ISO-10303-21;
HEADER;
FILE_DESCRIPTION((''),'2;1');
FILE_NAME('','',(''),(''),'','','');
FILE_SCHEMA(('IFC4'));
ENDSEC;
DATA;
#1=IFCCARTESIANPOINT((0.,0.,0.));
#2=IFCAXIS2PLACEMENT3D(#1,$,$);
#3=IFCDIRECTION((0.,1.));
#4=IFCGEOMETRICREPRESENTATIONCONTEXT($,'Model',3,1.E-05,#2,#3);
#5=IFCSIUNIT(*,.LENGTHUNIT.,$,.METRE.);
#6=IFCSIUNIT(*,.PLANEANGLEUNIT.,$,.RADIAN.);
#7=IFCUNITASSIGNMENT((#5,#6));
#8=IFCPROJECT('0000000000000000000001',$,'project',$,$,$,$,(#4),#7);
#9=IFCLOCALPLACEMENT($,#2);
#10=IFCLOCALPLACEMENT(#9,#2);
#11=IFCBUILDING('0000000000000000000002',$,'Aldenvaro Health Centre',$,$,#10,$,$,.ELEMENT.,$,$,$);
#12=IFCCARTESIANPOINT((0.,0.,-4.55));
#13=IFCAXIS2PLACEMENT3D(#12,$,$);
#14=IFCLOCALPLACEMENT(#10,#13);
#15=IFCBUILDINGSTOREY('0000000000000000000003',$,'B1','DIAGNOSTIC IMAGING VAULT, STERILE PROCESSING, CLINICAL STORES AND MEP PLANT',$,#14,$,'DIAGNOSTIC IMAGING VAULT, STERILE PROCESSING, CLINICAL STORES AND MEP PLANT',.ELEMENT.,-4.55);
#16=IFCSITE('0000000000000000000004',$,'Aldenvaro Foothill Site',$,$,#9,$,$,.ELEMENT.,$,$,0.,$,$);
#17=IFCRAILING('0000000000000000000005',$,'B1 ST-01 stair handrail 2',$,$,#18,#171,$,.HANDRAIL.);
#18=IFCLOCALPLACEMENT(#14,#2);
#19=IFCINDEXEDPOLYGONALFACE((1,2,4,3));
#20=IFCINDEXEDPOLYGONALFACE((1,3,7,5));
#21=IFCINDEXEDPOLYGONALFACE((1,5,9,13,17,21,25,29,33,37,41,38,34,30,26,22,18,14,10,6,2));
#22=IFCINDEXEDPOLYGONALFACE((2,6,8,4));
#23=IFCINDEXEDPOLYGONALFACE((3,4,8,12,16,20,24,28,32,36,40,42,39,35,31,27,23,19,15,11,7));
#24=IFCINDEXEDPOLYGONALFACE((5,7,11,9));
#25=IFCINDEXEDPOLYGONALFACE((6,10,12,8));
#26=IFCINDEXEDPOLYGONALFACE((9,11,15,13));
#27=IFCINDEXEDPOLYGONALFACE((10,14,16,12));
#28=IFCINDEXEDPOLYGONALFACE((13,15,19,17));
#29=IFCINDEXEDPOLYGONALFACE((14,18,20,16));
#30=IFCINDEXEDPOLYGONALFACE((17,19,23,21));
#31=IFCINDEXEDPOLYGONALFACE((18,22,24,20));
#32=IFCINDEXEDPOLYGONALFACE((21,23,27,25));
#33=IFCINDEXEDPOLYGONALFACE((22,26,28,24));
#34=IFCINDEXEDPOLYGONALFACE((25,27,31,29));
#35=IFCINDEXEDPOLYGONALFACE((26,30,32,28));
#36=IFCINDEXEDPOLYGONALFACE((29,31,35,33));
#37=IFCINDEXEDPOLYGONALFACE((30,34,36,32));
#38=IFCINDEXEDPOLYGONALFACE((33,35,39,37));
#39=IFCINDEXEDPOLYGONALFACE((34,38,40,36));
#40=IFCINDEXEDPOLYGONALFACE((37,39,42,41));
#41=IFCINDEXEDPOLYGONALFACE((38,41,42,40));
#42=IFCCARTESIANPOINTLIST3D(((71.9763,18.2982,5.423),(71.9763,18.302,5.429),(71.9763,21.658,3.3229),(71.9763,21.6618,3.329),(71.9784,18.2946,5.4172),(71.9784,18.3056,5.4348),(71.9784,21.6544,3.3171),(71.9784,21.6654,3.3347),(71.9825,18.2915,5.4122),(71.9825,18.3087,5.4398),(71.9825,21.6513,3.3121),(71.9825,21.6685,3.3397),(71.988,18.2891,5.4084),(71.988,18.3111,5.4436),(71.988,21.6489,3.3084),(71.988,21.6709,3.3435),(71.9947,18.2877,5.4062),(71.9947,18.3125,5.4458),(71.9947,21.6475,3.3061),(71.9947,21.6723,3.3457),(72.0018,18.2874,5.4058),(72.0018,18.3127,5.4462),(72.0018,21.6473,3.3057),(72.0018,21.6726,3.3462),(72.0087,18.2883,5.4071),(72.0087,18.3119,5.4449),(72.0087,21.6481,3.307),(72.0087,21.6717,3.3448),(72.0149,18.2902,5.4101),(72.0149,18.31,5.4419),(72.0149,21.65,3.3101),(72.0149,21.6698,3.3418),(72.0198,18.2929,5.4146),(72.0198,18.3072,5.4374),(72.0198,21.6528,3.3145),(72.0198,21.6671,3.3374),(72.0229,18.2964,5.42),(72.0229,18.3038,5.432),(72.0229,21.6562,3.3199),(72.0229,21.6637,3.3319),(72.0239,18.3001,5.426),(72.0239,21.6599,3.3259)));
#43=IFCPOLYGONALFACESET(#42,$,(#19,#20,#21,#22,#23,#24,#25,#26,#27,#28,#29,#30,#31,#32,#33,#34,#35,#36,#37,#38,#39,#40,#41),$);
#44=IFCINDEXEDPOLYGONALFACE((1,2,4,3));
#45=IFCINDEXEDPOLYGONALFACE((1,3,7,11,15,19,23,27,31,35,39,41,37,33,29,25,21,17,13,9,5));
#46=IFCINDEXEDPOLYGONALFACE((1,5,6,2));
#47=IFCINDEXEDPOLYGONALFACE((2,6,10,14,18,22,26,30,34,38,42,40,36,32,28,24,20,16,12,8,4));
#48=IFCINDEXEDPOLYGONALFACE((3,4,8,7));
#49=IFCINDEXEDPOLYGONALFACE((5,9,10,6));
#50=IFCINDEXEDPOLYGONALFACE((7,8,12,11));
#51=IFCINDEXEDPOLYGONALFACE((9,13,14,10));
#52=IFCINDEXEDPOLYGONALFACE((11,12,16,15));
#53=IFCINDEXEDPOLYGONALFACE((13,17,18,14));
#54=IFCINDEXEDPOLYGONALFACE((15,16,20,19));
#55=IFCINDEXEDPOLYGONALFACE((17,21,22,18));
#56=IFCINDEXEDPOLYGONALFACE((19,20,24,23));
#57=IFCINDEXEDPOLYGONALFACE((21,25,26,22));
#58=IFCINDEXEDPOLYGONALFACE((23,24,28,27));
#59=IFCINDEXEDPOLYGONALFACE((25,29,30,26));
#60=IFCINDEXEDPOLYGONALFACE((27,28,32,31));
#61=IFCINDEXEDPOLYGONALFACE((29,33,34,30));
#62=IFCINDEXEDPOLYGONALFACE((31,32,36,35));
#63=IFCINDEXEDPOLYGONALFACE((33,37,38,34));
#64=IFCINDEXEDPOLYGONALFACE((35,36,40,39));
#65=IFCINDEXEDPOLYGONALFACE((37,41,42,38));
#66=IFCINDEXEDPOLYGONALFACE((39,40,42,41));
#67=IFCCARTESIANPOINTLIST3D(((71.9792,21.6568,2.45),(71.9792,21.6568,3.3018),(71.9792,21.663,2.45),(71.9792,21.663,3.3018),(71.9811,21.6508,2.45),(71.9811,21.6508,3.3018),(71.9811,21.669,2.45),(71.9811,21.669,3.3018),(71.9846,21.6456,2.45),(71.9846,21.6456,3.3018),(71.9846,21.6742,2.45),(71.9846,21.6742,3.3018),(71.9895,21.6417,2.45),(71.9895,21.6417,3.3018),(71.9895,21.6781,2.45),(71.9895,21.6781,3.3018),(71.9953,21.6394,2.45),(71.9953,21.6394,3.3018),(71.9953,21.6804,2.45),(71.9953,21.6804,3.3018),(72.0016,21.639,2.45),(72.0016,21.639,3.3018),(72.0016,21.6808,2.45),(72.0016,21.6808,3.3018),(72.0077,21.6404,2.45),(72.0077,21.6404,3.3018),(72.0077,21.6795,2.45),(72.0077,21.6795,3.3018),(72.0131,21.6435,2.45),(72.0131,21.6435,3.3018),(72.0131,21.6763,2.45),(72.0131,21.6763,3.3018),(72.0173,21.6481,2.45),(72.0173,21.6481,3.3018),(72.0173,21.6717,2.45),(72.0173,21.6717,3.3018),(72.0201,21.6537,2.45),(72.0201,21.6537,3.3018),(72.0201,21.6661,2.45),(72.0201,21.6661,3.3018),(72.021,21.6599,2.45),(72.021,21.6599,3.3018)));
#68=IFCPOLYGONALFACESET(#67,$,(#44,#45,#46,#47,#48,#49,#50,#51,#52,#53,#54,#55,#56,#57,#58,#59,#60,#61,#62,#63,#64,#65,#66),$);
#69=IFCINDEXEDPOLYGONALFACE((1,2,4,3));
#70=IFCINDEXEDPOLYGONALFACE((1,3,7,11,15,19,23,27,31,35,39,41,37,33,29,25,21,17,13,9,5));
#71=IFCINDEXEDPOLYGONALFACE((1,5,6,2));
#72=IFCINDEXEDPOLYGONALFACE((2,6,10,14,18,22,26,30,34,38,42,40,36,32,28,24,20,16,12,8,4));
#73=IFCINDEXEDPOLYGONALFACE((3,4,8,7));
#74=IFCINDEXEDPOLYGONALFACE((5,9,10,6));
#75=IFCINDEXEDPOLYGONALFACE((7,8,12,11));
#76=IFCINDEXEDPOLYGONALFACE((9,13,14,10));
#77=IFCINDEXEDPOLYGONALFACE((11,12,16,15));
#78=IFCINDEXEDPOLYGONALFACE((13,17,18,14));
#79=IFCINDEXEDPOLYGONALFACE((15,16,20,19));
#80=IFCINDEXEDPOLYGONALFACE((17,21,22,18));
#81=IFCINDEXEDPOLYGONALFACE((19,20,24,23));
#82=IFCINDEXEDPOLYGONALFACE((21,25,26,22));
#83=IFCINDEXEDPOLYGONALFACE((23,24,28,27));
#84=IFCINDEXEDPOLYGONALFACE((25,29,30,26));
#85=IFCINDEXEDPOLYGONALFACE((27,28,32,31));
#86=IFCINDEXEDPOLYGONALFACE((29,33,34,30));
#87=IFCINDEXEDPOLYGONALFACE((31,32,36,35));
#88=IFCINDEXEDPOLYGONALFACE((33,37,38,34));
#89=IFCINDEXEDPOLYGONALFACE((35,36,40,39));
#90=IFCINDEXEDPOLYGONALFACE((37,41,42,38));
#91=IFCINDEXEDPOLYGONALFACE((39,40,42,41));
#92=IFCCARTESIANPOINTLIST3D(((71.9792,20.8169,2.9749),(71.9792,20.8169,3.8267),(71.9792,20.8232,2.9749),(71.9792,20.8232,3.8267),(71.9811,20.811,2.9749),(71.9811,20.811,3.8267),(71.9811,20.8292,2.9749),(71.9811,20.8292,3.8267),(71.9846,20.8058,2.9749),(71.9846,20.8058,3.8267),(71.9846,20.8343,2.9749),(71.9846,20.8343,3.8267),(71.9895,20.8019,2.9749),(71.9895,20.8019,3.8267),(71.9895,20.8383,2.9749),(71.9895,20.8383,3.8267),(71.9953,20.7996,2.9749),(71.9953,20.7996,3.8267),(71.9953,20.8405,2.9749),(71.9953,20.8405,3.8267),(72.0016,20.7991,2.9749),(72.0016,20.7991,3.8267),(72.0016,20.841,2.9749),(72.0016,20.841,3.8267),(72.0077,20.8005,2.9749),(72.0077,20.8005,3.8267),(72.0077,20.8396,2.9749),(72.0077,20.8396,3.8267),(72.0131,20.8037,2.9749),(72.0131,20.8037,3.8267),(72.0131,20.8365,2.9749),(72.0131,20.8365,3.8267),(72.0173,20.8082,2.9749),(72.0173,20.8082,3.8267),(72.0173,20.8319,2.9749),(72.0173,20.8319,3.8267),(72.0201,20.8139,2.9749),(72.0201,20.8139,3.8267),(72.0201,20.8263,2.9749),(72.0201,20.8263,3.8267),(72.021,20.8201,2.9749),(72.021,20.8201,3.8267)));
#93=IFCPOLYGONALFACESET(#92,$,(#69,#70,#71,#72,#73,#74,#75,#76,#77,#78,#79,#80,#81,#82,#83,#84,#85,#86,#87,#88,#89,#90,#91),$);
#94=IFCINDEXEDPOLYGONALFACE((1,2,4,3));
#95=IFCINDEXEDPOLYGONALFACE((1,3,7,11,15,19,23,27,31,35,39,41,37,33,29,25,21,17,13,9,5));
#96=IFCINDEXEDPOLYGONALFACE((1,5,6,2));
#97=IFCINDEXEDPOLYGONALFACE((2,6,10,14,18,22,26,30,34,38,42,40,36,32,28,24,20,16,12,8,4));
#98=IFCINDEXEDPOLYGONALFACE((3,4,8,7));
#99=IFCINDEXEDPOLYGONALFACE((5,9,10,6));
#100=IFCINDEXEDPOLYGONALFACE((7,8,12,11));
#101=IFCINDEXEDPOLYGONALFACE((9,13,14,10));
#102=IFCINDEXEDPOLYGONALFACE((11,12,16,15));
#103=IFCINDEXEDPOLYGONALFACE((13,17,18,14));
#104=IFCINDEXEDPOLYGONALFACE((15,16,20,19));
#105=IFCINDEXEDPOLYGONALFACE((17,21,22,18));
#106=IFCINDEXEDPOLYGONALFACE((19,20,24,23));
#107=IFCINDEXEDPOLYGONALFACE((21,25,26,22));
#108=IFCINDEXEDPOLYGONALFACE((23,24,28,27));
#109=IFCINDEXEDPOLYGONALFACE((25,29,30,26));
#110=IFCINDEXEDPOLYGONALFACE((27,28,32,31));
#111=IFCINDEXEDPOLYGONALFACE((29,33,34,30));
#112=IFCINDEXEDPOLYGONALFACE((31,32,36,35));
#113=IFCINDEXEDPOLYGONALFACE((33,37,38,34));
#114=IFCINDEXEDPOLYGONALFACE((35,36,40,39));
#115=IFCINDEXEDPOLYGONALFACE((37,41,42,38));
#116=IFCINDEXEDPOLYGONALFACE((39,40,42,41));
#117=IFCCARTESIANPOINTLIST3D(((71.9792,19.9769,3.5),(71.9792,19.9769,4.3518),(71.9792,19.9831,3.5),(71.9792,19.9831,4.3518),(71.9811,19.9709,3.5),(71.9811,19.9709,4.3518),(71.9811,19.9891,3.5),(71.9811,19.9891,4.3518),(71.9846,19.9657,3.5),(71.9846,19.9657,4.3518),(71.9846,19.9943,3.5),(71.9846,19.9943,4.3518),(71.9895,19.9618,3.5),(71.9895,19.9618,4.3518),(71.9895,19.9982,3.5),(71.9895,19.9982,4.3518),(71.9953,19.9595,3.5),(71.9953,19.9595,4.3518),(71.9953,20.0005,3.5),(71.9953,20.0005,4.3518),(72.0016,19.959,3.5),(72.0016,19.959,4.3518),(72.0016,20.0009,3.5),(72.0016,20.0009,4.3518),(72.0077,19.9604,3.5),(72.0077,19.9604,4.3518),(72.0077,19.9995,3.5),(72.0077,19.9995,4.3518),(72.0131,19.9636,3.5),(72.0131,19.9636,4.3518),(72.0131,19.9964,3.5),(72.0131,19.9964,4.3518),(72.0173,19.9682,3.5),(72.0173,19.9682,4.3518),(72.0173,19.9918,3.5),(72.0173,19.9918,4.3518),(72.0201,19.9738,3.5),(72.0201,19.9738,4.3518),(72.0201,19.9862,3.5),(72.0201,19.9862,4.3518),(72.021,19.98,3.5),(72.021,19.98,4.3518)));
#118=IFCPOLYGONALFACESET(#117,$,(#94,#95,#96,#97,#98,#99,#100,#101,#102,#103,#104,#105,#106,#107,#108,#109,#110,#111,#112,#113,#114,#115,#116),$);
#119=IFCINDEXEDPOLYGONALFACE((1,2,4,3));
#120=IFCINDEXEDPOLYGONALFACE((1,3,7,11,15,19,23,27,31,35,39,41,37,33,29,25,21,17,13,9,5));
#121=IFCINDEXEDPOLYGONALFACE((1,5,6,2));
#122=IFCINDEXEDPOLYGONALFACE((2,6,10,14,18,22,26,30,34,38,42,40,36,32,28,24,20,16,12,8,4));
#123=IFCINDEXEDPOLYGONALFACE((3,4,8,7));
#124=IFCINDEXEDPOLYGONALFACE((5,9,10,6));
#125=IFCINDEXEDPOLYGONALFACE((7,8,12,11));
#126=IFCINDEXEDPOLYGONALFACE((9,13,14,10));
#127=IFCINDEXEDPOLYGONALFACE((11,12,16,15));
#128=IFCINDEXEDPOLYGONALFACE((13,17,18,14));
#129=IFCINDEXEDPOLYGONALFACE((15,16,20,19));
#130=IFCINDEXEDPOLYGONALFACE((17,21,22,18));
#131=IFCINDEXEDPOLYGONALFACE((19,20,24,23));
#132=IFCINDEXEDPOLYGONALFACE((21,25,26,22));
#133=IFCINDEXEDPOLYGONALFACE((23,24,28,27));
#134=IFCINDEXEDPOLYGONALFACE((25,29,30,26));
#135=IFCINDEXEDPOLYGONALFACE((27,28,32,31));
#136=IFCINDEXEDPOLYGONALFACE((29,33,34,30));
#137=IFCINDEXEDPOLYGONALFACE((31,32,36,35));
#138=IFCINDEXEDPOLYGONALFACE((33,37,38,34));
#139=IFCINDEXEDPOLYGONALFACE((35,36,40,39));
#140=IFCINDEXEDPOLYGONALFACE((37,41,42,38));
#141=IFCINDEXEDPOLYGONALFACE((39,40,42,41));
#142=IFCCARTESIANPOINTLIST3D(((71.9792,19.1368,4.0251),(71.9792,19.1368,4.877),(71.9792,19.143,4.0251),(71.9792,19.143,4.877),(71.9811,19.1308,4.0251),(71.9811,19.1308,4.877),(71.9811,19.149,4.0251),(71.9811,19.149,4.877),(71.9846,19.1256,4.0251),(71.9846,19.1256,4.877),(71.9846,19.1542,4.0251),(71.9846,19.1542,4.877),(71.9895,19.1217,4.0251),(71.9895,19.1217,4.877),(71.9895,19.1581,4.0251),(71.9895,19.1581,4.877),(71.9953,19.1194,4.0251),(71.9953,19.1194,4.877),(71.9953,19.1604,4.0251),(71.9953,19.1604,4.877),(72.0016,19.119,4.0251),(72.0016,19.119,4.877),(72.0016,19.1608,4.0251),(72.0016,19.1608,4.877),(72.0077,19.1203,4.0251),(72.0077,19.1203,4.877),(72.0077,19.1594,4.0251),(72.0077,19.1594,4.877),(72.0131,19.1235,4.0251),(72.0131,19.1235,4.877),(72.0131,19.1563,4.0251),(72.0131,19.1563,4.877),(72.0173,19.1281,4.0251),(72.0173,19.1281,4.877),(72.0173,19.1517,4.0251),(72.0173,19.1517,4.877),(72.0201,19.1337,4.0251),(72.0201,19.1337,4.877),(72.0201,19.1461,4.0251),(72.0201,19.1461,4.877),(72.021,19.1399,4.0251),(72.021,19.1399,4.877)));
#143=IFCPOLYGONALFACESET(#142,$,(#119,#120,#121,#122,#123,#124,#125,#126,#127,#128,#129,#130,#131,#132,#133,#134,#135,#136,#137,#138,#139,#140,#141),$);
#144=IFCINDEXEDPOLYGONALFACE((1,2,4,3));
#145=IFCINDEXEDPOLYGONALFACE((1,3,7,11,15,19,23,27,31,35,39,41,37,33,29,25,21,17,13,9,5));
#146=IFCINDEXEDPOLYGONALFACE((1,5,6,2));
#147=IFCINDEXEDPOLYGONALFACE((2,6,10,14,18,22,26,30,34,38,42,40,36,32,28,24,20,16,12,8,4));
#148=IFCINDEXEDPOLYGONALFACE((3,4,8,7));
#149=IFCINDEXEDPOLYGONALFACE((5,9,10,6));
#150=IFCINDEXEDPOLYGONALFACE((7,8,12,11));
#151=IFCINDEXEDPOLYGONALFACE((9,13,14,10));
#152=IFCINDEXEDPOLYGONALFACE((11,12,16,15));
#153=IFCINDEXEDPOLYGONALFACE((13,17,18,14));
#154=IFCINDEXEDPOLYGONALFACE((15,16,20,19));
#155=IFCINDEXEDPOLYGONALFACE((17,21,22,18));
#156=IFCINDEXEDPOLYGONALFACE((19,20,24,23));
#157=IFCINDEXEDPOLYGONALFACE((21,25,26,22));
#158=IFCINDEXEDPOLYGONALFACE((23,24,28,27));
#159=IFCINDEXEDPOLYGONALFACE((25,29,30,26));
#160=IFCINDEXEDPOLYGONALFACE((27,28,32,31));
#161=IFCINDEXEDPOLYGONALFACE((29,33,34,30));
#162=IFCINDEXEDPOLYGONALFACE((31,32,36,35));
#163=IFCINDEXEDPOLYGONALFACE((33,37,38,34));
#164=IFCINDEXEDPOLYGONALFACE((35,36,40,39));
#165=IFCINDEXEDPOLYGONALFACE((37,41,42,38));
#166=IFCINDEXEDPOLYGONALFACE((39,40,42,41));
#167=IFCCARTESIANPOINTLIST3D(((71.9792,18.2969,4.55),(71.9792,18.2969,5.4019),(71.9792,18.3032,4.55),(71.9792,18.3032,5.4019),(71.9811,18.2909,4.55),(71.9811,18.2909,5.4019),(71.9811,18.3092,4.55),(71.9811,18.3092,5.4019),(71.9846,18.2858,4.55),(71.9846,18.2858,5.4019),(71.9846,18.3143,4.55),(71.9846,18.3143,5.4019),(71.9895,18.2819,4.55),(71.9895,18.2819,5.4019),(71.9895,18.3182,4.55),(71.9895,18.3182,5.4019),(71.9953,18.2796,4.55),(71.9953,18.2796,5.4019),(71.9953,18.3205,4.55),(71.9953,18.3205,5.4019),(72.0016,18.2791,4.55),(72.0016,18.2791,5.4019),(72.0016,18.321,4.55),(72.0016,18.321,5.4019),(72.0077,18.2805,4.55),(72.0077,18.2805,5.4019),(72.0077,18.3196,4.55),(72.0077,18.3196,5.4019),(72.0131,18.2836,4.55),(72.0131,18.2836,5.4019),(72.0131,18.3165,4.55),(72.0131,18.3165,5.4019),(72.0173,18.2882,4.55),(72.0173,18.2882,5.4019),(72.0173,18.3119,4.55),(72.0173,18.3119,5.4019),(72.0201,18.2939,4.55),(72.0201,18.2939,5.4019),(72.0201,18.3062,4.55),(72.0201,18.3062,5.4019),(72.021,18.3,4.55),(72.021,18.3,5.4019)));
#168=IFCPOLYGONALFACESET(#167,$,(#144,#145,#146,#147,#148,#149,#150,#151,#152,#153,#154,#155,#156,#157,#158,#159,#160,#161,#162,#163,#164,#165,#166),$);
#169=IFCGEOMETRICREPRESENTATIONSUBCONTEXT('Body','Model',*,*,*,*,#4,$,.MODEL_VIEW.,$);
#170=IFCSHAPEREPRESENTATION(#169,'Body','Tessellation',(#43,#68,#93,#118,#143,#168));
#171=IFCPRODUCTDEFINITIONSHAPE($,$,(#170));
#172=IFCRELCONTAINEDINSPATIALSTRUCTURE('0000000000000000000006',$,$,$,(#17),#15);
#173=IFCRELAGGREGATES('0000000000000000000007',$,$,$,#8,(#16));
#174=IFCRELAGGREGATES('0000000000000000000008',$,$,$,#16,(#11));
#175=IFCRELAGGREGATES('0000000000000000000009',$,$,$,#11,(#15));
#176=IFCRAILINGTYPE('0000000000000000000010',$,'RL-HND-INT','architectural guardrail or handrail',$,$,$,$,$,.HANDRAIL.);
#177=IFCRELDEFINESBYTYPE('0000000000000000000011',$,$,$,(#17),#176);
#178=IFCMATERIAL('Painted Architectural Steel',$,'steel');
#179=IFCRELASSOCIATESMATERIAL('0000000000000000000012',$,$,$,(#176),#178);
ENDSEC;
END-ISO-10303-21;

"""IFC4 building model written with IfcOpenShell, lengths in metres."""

from ifc_helpers import new_model, si_unit, direction, frame, origin, origin_2d, place, context, subcontext, project, spatial, circle, extrude, material, type_object, element, save


model = new_model("IFC4")

# Units and contexts
model_context = context("Model", 3, precision=1e-05, world=origin(), true_north=direction((0.0, 1.0)))
body_context = subcontext(model_context, "Body", "Model", "MODEL_VIEW")
ifc_project = project(units=[si_unit("LENGTHUNIT", "METRE"), si_unit("PLANEANGLEUNIT", "RADIAN")], contexts=[model_context])

# Site, building, storey
site_placement = place(None, origin())
site = spatial("IfcSite", under=ifc_project, at=site_placement, Name="Aldenvaro Foothill Site", CompositionType="ELEMENT", RefElevation=0.0)
building_placement = place(site_placement, origin())
building = spatial("IfcBuilding", under=site, at=building_placement, Name="Aldenvaro Health Centre", CompositionType="ELEMENT")
storey_placement = place(building_placement, frame((0.0, 0.0, -4.55)))
storey = spatial("IfcBuildingStorey", under=building, at=storey_placement, Name="B1", Description="DIAGNOSTIC IMAGING VAULT, STERILE PROCESSING, CLINICAL STORES AND MEP PLANT", LongName="DIAGNOSTIC IMAGING VAULT, STERILE PROCESSING, CLINICAL STORES AND MEP PLANT", CompositionType="ELEMENT", Elevation=-4.55)

# Railing
ifc_material_1 = material(Name="Painted Architectural Steel", Category="steel")
railing_type_1 = type_object("IfcRailingType", Name="RL-HND-INT", Description="architectural guardrail or handrail", PredefinedType="HANDRAIL", material=ifc_material_1)
railing_1_placement = place(storey_placement, frame((72.0, 21.6599, 2.45)))
element("IfcRailing", 1, at=railing_1_placement, inside=storey, type_object=railing_type_1, Name="B1 ST-01 stair handrail 2", PredefinedType="HANDRAIL", context=body_context, shape_type="SweptSolid", body=[
    extrude(circle(Radius=0.0239, at=origin_2d()), frame((0.0, 0.0, 0.876), z_axis=(0.0, -0.847978, 0.530032), x_axis=(1.0, 0.0, 0.0)), (0.0, 0.0, 1.0), 3.9622),
    extrude(circle(Radius=0.021, at=origin_2d()), origin(), (0.0, 0.0, 1.0), 0.8518),
    extrude(circle(Radius=0.021, at=origin_2d()), frame((0.0, -0.8398, 0.5249)), (0.0, 0.0, 1.0), 0.8518),
    extrude(circle(Radius=0.021, at=origin_2d()), frame((0.0, -1.6799, 1.05)), (0.0, 0.0, 1.0), 0.8518),
    extrude(circle(Radius=0.021, at=origin_2d()), frame((0.0, -2.52, 1.5752)), (0.0, 0.0, 1.0), 0.8518),
    extrude(circle(Radius=0.021, at=origin_2d()), frame((0.0, -3.3599, 2.1001)), (0.0, 0.0, 1.0), 0.8518),
])

save(model, "model.ifc")
